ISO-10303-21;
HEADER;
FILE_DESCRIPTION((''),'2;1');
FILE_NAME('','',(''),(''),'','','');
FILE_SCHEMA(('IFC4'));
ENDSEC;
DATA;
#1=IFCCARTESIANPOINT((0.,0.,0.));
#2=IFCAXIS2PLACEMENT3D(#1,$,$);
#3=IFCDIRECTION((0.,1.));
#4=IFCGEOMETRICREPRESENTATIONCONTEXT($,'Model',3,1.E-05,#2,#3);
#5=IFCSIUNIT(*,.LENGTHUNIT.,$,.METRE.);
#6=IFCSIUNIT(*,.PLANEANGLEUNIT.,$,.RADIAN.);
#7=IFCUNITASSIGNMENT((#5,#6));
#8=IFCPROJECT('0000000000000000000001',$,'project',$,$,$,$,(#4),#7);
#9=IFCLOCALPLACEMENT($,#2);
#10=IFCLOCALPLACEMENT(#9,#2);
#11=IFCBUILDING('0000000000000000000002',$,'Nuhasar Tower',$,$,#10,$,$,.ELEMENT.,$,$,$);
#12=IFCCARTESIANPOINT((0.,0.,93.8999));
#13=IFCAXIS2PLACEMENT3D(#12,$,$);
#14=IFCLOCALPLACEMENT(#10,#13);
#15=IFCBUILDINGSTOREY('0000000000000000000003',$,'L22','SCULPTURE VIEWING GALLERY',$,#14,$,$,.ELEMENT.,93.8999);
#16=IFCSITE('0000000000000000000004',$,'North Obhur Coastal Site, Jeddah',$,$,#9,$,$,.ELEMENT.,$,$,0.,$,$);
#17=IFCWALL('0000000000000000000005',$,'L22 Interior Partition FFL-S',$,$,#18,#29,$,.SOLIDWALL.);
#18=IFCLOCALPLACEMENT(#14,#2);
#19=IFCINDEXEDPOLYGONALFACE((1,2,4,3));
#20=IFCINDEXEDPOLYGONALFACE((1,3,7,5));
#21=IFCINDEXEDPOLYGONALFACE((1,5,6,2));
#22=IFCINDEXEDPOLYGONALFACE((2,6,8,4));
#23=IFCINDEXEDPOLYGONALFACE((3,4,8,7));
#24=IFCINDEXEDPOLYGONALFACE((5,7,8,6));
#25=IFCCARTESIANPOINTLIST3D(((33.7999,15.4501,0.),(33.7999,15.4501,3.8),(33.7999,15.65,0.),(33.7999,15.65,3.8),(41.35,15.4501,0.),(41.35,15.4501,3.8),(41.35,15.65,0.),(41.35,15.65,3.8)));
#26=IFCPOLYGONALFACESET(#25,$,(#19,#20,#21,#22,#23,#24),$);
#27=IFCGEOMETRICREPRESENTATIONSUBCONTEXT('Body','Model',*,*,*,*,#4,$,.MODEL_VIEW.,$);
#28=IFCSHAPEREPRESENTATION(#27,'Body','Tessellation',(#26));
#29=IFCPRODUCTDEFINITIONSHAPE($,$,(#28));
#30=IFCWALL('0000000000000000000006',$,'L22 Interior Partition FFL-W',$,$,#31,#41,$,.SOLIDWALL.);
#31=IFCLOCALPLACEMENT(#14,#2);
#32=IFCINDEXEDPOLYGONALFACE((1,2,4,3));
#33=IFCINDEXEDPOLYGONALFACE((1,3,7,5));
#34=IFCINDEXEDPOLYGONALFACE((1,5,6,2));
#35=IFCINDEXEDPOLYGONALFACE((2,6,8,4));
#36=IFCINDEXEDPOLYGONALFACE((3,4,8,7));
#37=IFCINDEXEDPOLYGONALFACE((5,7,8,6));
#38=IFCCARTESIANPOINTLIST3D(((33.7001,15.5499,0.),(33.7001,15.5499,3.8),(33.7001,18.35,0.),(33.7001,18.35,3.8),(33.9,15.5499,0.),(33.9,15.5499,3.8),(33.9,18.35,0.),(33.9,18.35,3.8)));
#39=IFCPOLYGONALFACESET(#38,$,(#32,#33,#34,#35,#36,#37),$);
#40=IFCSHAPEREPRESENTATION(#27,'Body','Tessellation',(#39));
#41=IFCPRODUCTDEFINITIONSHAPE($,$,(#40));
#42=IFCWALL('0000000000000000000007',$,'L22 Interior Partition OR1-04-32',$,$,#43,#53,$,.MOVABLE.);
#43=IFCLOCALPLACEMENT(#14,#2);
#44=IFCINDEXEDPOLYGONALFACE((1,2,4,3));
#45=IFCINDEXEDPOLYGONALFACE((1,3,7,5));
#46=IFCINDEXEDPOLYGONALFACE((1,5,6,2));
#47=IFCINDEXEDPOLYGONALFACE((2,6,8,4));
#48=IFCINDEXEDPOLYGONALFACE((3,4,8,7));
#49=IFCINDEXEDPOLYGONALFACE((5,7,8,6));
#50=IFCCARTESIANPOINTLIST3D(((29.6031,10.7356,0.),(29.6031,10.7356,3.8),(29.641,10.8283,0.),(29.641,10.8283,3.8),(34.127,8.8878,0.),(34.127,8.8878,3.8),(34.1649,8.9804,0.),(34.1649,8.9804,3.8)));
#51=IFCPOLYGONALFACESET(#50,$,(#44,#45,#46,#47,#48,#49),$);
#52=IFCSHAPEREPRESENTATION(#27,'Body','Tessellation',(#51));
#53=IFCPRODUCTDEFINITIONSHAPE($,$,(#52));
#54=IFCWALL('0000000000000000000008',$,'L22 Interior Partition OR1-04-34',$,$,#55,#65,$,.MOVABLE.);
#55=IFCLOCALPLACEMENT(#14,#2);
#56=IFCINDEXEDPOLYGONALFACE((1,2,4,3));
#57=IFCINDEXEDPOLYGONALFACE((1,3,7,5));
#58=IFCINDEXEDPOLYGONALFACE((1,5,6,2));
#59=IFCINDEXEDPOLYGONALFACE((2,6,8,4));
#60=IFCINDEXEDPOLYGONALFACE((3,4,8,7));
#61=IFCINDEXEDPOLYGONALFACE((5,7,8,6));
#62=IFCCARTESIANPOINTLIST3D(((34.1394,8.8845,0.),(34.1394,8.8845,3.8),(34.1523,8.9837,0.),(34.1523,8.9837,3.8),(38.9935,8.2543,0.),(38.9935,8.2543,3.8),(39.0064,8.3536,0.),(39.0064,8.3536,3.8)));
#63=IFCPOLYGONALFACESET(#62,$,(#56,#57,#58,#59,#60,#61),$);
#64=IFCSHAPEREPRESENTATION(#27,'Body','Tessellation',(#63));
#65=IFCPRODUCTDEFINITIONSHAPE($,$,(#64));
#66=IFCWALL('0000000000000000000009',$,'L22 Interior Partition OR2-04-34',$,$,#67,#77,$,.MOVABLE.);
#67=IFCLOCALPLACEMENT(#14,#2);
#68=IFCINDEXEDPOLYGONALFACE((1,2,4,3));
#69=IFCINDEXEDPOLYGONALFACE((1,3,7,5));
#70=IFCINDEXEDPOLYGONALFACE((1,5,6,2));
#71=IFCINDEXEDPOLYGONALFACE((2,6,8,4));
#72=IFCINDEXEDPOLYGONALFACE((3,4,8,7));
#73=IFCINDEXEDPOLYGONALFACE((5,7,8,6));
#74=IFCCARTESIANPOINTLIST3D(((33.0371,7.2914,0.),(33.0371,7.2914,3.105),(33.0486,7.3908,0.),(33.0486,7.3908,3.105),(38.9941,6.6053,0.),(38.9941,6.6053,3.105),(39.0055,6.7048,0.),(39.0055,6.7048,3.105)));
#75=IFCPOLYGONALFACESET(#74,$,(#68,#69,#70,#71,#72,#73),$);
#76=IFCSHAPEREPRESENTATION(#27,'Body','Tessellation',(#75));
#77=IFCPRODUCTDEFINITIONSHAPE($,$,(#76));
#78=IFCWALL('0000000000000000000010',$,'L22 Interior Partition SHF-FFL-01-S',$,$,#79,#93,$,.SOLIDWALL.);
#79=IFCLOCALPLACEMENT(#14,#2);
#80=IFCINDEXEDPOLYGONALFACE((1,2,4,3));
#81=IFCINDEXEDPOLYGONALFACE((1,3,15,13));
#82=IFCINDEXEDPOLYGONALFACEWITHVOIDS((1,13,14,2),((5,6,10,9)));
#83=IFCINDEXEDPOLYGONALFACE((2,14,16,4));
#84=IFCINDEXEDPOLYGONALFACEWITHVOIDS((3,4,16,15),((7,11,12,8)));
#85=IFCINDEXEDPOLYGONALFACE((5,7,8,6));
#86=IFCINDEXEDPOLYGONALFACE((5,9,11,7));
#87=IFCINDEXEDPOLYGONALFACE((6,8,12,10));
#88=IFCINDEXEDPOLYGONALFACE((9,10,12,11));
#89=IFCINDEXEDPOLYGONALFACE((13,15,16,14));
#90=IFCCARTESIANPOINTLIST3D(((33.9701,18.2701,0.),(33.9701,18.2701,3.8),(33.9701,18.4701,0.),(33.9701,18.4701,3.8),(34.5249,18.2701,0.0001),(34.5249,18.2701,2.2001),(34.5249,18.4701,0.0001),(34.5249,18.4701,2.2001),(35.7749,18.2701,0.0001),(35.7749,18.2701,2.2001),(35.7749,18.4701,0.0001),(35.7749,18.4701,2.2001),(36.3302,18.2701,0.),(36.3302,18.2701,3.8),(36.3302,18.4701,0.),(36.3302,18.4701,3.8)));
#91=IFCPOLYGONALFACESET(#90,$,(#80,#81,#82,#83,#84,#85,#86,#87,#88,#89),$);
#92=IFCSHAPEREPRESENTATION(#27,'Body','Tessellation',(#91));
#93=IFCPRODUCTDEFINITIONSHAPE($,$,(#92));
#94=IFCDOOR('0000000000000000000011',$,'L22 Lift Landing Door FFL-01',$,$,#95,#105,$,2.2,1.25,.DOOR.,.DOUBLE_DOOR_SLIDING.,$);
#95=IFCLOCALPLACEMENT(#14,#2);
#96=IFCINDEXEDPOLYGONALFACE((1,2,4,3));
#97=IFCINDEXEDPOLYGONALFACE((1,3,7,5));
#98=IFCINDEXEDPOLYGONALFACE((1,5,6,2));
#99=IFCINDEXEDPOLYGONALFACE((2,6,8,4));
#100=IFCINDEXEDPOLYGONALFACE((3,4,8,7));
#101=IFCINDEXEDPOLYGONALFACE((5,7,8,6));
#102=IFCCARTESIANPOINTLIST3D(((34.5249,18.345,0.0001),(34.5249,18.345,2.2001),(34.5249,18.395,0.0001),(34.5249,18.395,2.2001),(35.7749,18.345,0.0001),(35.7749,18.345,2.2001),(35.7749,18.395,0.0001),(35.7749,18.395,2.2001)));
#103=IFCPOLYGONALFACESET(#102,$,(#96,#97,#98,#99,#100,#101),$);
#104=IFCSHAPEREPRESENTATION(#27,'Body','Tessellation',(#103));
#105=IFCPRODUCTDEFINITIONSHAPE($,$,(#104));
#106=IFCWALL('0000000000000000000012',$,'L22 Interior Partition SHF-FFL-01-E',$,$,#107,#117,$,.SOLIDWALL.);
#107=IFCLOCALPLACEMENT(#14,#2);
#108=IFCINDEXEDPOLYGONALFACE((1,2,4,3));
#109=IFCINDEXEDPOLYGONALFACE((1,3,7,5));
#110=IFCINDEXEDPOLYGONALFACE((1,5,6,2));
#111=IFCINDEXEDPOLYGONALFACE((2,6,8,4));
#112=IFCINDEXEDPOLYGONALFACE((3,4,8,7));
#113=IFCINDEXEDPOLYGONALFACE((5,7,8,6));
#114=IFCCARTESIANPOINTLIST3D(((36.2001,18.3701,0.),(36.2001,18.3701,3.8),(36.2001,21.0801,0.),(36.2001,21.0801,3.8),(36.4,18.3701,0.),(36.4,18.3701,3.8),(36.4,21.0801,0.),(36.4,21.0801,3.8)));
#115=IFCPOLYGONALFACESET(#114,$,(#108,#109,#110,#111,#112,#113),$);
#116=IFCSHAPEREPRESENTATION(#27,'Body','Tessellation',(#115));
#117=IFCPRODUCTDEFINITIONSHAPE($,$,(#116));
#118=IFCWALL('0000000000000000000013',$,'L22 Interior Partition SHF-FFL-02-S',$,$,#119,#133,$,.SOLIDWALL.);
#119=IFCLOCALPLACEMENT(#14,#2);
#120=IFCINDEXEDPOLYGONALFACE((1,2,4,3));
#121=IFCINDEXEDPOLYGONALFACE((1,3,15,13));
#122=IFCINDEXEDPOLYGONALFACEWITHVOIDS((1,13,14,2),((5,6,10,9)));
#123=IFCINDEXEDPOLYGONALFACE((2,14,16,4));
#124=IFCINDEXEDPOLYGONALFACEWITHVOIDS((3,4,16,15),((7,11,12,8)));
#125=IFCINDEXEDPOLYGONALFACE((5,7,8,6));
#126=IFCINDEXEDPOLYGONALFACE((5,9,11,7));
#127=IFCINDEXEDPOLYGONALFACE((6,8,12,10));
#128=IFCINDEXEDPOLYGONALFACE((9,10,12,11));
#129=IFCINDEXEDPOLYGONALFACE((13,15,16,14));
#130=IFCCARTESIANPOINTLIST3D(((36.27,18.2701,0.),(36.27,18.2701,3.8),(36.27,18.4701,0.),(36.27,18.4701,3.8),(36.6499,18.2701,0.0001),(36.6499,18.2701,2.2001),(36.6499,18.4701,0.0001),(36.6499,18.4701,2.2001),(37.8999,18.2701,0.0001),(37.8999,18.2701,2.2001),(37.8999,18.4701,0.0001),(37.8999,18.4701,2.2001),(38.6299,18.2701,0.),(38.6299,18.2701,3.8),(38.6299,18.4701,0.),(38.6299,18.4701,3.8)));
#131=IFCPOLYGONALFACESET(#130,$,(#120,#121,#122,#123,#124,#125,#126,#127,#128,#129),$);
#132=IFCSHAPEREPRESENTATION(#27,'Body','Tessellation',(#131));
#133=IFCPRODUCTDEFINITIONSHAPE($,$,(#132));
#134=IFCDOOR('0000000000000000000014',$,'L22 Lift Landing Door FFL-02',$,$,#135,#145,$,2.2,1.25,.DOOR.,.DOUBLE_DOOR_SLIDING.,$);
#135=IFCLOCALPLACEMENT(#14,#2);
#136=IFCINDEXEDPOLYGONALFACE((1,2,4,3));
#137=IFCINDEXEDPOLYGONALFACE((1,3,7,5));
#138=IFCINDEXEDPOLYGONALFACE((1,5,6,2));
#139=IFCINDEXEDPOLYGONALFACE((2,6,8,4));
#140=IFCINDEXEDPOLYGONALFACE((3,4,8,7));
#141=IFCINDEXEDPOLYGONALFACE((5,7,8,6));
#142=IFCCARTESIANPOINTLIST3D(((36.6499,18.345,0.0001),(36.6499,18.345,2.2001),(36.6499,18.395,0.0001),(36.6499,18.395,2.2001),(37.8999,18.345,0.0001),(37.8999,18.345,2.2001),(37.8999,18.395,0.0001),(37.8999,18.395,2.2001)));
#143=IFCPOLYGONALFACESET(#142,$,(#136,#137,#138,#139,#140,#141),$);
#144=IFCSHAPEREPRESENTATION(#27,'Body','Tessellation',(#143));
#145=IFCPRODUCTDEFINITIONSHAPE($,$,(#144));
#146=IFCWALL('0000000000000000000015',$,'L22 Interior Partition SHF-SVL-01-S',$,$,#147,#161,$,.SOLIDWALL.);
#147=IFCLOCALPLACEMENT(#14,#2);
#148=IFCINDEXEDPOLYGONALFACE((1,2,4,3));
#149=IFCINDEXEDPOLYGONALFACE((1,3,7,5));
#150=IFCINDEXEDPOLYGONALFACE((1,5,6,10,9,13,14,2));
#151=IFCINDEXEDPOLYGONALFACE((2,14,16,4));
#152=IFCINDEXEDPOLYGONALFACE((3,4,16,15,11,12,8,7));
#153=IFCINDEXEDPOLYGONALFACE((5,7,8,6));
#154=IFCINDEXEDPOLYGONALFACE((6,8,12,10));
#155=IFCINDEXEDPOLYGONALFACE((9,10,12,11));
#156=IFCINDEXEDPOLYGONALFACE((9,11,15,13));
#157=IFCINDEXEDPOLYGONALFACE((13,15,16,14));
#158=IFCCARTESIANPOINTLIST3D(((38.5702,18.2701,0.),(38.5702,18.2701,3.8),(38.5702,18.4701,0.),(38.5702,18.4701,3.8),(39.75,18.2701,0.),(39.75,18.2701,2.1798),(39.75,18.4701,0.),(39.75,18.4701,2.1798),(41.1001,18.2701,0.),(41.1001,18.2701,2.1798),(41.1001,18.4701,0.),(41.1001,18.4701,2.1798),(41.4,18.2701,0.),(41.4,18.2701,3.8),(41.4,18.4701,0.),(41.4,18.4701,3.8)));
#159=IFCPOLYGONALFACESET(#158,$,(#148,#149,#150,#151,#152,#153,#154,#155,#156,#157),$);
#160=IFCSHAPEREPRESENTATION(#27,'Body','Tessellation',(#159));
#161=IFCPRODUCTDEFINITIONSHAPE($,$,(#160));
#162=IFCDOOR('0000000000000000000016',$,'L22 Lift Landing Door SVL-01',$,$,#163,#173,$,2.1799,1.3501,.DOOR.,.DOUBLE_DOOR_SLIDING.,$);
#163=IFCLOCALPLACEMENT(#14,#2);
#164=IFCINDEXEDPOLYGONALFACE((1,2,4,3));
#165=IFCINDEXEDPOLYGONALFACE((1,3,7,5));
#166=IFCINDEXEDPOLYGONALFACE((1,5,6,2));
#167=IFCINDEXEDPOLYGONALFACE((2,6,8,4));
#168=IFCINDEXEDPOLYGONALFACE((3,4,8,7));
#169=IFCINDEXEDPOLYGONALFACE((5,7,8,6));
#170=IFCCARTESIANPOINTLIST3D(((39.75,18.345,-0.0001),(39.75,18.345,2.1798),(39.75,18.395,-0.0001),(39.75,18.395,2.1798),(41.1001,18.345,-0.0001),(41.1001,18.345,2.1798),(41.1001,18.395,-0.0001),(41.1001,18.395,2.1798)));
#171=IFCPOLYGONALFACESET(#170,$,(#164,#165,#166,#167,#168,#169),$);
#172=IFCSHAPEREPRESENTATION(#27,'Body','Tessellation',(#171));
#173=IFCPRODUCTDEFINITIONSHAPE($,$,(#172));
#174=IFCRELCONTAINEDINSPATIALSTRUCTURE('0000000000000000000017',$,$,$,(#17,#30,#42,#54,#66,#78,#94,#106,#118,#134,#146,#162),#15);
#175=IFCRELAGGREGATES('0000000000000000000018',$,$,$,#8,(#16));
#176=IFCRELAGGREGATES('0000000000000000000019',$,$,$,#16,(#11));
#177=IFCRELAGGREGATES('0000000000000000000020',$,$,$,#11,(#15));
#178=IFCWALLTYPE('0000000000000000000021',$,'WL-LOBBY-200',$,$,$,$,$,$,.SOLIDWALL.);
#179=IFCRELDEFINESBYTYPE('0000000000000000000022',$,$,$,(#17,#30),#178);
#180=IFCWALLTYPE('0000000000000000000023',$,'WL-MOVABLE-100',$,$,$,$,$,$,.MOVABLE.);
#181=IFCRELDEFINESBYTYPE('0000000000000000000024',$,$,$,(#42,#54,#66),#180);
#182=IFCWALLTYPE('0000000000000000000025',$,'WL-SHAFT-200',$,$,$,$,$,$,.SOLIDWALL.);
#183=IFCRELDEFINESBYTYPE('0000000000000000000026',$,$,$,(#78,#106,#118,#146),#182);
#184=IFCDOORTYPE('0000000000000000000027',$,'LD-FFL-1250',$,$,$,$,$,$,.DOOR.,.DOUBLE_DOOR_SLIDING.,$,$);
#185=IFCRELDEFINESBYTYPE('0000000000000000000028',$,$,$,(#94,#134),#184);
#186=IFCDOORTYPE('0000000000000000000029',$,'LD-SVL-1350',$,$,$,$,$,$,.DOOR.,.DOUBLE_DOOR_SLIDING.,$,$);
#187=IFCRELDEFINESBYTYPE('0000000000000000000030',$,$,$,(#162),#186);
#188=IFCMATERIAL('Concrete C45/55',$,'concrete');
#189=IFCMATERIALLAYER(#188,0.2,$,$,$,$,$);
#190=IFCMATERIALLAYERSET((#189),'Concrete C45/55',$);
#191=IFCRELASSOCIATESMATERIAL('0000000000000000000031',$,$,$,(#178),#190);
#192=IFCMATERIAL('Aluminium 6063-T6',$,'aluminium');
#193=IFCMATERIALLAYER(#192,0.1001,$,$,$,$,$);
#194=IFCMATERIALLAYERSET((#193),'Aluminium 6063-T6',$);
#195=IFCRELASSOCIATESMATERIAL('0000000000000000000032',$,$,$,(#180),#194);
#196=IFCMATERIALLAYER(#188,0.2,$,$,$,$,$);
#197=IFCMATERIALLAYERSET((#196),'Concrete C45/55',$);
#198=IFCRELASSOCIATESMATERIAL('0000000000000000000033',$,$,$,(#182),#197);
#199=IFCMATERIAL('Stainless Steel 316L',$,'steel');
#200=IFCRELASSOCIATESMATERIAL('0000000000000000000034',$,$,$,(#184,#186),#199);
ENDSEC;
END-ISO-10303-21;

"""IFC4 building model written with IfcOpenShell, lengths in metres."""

from ifc_helpers import new_model, si_unit, direction, frame, frame_2d, origin, place, context, subcontext, project, spatial, rectangle, extrude, material, layer, layer_set, type_object, element, fill, save


model = new_model("IFC4")

# Units and contexts
model_context = context("Model", 3, precision=1e-05, world=origin(), true_north=direction((0.0, 1.0)))
body_context = subcontext(model_context, "Body", "Model", "MODEL_VIEW")
ifc_project = project(units=[si_unit("LENGTHUNIT", "METRE"), si_unit("PLANEANGLEUNIT", "RADIAN")], contexts=[model_context])

# Site, building, storey
site_placement = place(None, origin())
site = spatial("IfcSite", under=ifc_project, at=site_placement, Name="North Obhur Coastal Site, Jeddah", CompositionType="ELEMENT", RefElevation=0.0)
building_placement = place(site_placement, origin())
building = spatial("IfcBuilding", under=site, at=building_placement, Name="Nuhasar Tower", CompositionType="ELEMENT")
storey_placement = place(building_placement, frame((0.0, 0.0, 93.8999)))
storey = spatial("IfcBuildingStorey", under=building, at=storey_placement, Name="L22", Description="SCULPTURE VIEWING GALLERY", CompositionType="ELEMENT", Elevation=93.8999)

# Shared definitions
ifc_material_1 = material(Name="Aluminium 6063-T6", Category="aluminium")

# Walls
ifc_material_2 = material(Name="Concrete C45/55", Category="concrete")
ifc_layer_1 = layer(ifc_material_2, 0.2)
ifc_layer_set_1 = layer_set([ifc_layer_1], Name="Concrete C45/55")
wall_type_1 = type_object("IfcWallType", Name="WL-LOBBY-200", PredefinedType="SOLIDWALL", material=ifc_layer_set_1)
wall_1_placement = place(storey_placement, frame((33.8, 15.55, 0.0), z_axis=(0.0, 0.0, 1.0), x_axis=(1.0, 0.0, 0.0)))
element("IfcWall", 1, at=wall_1_placement, inside=storey, type_object=wall_type_1, Name="L22 Interior Partition FFL-S", PredefinedType="SOLIDWALL", context=body_context, shape_type="SweptSolid", body=[
    extrude(rectangle(XDim=7.55, YDim=0.2, at=frame_2d((3.7749, 0.0))), origin(), (0.0, 0.0, 1.0), 3.8),
])
wall_2_placement = place(storey_placement, frame((33.8, 15.55, 0.0), z_axis=(0.0, 0.0, 1.0), x_axis=(0.0, 1.0, 0.0)))
element("IfcWall", 2, at=wall_2_placement, inside=storey, type_object=wall_type_1, Name="L22 Interior Partition FFL-W", PredefinedType="SOLIDWALL", context=body_context, shape_type="SweptSolid", body=[
    extrude(rectangle(XDim=2.8, YDim=0.2, at=frame_2d((1.3999, 0.0))), origin(), (0.0, 0.0, 1.0), 3.8),
])
ifc_layer_2 = layer(ifc_material_1, 0.1001)
ifc_layer_set_2 = layer_set([ifc_layer_2], Name="Aluminium 6063-T6")
wall_type_2 = type_object("IfcWallType", Name="WL-MOVABLE-100", PredefinedType="MOVABLE", material=ifc_layer_set_2)
wall_3_placement = place(storey_placement, frame((29.6221, 10.782, 0.0), z_axis=(0.0, 0.0, 1.0), x_axis=(0.925747, -0.378143, 0.0)))
element("IfcWall", 3, at=wall_3_placement, inside=storey, type_object=wall_type_2, Name="L22 Interior Partition OR1-04-32", PredefinedType="MOVABLE", context=body_context, shape_type="SweptSolid", body=[
    extrude(rectangle(XDim=4.8867, YDim=0.1001, at=frame_2d((2.4434, 0.0))), origin(), (0.0, 0.0, 1.0), 3.8),
])
wall_4_placement = place(storey_placement, frame((34.146, 8.9341, 0.0), z_axis=(0.0, 0.0, 1.0), x_axis=(0.991679, -0.128736, 0.0)))
element("IfcWall", 4, at=wall_4_placement, inside=storey, type_object=wall_type_2, Name="L22 Interior Partition OR1-04-34", PredefinedType="MOVABLE", context=body_context, shape_type="SweptSolid", body=[
    extrude(rectangle(XDim=4.8948, YDim=0.1001, at=frame_2d((2.4473, 0.0))), origin(), (0.0, 0.0, 1.0), 3.8),
])
wall_5_placement = place(storey_placement, frame((33.043, 7.3411, 0.0), z_axis=(0.0, 0.0, 1.0), x_axis=(0.993434, -0.114408, 0.0)))
element("IfcWall", 5, at=wall_5_placement, inside=storey, type_object=wall_type_2, Name="L22 Interior Partition OR2-04-34", PredefinedType="MOVABLE", context=body_context, shape_type="SweptSolid", body=[
    extrude(rectangle(XDim=5.9963, YDim=0.1001, at=frame_2d((2.998, 0.0))), origin(), (0.0, 0.0, 1.0), 3.105),
])

# Wall, opening, door
ifc_layer_3 = layer(ifc_material_2, 0.2)
ifc_layer_set_3 = layer_set([ifc_layer_3], Name="Concrete C45/55")
wall_type_3 = type_object("IfcWallType", Name="WL-SHAFT-200", PredefinedType="SOLIDWALL", material=ifc_layer_set_3)
wall_6_placement = place(storey_placement, frame((33.97, 18.3701, 0.0), z_axis=(0.0, 0.0, 1.0), x_axis=(1.0, 0.0, 0.0)))
wall_6 = element("IfcWall", 6, at=wall_6_placement, inside=storey, type_object=wall_type_3, Name="L22 Interior Partition SHF-FFL-01-S", PredefinedType="SOLIDWALL", context=body_context, shape_type="SweptSolid", body=[
    extrude(rectangle(XDim=2.3601, YDim=0.2, at=frame_2d((1.1802, 0.0))), origin(), (0.0, 0.0, 1.0), 3.8),
])
opening_1_placement = place(wall_6_placement, frame((0.5549, 0.0, 0.0)))
opening_1 = element("IfcOpeningElement", 7, at=opening_1_placement, cuts=wall_6, PredefinedType="OPENING", context=body_context, shape_type="SweptSolid", body=[
    extrude(rectangle(XDim=1.25, YDim=2.2, at=frame_2d((0.625, 1.1001))), frame((0.0, 0.1099, 0.0), z_axis=(0.0, -1.0, 0.0), x_axis=(1.0, 0.0, 0.0)), (0.0, 0.0, 1.0), 0.22),
])
ifc_material_3 = material(Name="Stainless Steel 316L", Category="steel")
door_type_1 = type_object("IfcDoorType", Name="LD-FFL-1250", OperationType="DOUBLE_DOOR_SLIDING", PredefinedType="DOOR", material=ifc_material_3)
door_1_placement = place(opening_1_placement, origin())
door_1 = element("IfcDoor", 8, at=door_1_placement, inside=storey, type_object=door_type_1, Name="L22 Lift Landing Door FFL-01", OperationType="DOUBLE_DOOR_SLIDING", OverallHeight=2.2, OverallWidth=1.25, PredefinedType="DOOR", context=body_context, shape_type="SweptSolid", body=[
    extrude(rectangle(XDim=1.25, YDim=2.2, at=frame_2d((0.625, 1.1001))), frame((0.0, 0.0249, 0.0), z_axis=(0.0, -1.0, 0.0), x_axis=(1.0, 0.0, 0.0)), (0.0, 0.0, 1.0), 0.05),
])
fill(opening_1, door_1)

# Wall
wall_7_placement = place(storey_placement, frame((36.3, 18.3701, 0.0), z_axis=(0.0, 0.0, 1.0), x_axis=(0.0, 1.0, 0.0)))
element("IfcWall", 9, at=wall_7_placement, inside=storey, type_object=wall_type_3, Name="L22 Interior Partition SHF-FFL-01-E", PredefinedType="SOLIDWALL", context=body_context, shape_type="SweptSolid", body=[
    extrude(rectangle(XDim=2.71, YDim=0.2, at=frame_2d((1.355, 0.0))), origin(), (0.0, 0.0, 1.0), 3.8),
])

# Walls, openings, doors
wall_8_placement = place(storey_placement, frame((36.27, 18.3701, 0.0), z_axis=(0.0, 0.0, 1.0), x_axis=(1.0, 0.0, 0.0)))
wall_8 = element("IfcWall", 10, at=wall_8_placement, inside=storey, type_object=wall_type_3, Name="L22 Interior Partition SHF-FFL-02-S", PredefinedType="SOLIDWALL", context=body_context, shape_type="SweptSolid", body=[
    extrude(rectangle(XDim=2.3599, YDim=0.2, at=frame_2d((1.1799, 0.0))), origin(), (0.0, 0.0, 1.0), 3.8),
])
opening_2_placement = place(wall_8_placement, frame((0.3799, 0.0, 0.0)))
opening_2 = element("IfcOpeningElement", 11, at=opening_2_placement, cuts=wall_8, PredefinedType="OPENING", context=body_context, shape_type="SweptSolid", body=[
    extrude(rectangle(XDim=1.25, YDim=2.2, at=frame_2d((0.625, 1.1001))), frame((0.0, 0.1099, 0.0), z_axis=(0.0, -1.0, 0.0), x_axis=(1.0, 0.0, 0.0)), (0.0, 0.0, 1.0), 0.22),
])
door_2_placement = place(opening_2_placement, origin())
door_2 = element("IfcDoor", 12, at=door_2_placement, inside=storey, type_object=door_type_1, Name="L22 Lift Landing Door FFL-02", OperationType="DOUBLE_DOOR_SLIDING", OverallHeight=2.2, OverallWidth=1.25, PredefinedType="DOOR", context=body_context, shape_type="SweptSolid", body=[
    extrude(rectangle(XDim=1.25, YDim=2.2, at=frame_2d((0.625, 1.1001))), frame((0.0, 0.0249, 0.0), z_axis=(0.0, -1.0, 0.0), x_axis=(1.0, 0.0, 0.0)), (0.0, 0.0, 1.0), 0.05),
])
fill(opening_2, door_2)
wall_9_placement = place(storey_placement, frame((38.5701, 18.3701, 0.0), z_axis=(0.0, 0.0, 1.0), x_axis=(1.0, 0.0, 0.0)))
wall_9 = element("IfcWall", 13, at=wall_9_placement, inside=storey, type_object=wall_type_3, Name="L22 Interior Partition SHF-SVL-01-S", PredefinedType="SOLIDWALL", context=body_context, shape_type="SweptSolid", body=[
    extrude(rectangle(XDim=2.8298, YDim=0.2, at=frame_2d((1.415, 0.0))), origin(), (0.0, 0.0, 1.0), 3.8),
])
opening_3_placement = place(wall_9_placement, frame((1.1799, 0.0, 0.0)))
opening_3 = element("IfcOpeningElement", 14, at=opening_3_placement, cuts=wall_9, PredefinedType="OPENING", context=body_context, shape_type="SweptSolid", body=[
    extrude(rectangle(XDim=1.3501, YDim=2.1799, at=frame_2d((0.675, 1.0898))), frame((0.0, 0.1099, 0.0), z_axis=(0.0, -1.0, 0.0), x_axis=(1.0, 0.0, 0.0)), (0.0, 0.0, 1.0), 0.22),
])
door_type_2 = type_object("IfcDoorType", Name="LD-SVL-1350", OperationType="DOUBLE_DOOR_SLIDING", PredefinedType="DOOR", material=ifc_material_3)
door_3_placement = place(opening_3_placement, origin())
door_3 = element("IfcDoor", 15, at=door_3_placement, inside=storey, type_object=door_type_2, Name="L22 Lift Landing Door SVL-01", OperationType="DOUBLE_DOOR_SLIDING", OverallHeight=2.1799, OverallWidth=1.3501, PredefinedType="DOOR", context=body_context, shape_type="SweptSolid", body=[
    extrude(rectangle(XDim=1.3501, YDim=2.1799, at=frame_2d((0.675, 1.0898))), frame((0.0, 0.0249, 0.0), z_axis=(0.0, -1.0, 0.0), x_axis=(1.0, 0.0, 0.0)), (0.0, 0.0, 1.0), 0.05),
])
fill(opening_3, door_3)

save(model, "model.ifc")
